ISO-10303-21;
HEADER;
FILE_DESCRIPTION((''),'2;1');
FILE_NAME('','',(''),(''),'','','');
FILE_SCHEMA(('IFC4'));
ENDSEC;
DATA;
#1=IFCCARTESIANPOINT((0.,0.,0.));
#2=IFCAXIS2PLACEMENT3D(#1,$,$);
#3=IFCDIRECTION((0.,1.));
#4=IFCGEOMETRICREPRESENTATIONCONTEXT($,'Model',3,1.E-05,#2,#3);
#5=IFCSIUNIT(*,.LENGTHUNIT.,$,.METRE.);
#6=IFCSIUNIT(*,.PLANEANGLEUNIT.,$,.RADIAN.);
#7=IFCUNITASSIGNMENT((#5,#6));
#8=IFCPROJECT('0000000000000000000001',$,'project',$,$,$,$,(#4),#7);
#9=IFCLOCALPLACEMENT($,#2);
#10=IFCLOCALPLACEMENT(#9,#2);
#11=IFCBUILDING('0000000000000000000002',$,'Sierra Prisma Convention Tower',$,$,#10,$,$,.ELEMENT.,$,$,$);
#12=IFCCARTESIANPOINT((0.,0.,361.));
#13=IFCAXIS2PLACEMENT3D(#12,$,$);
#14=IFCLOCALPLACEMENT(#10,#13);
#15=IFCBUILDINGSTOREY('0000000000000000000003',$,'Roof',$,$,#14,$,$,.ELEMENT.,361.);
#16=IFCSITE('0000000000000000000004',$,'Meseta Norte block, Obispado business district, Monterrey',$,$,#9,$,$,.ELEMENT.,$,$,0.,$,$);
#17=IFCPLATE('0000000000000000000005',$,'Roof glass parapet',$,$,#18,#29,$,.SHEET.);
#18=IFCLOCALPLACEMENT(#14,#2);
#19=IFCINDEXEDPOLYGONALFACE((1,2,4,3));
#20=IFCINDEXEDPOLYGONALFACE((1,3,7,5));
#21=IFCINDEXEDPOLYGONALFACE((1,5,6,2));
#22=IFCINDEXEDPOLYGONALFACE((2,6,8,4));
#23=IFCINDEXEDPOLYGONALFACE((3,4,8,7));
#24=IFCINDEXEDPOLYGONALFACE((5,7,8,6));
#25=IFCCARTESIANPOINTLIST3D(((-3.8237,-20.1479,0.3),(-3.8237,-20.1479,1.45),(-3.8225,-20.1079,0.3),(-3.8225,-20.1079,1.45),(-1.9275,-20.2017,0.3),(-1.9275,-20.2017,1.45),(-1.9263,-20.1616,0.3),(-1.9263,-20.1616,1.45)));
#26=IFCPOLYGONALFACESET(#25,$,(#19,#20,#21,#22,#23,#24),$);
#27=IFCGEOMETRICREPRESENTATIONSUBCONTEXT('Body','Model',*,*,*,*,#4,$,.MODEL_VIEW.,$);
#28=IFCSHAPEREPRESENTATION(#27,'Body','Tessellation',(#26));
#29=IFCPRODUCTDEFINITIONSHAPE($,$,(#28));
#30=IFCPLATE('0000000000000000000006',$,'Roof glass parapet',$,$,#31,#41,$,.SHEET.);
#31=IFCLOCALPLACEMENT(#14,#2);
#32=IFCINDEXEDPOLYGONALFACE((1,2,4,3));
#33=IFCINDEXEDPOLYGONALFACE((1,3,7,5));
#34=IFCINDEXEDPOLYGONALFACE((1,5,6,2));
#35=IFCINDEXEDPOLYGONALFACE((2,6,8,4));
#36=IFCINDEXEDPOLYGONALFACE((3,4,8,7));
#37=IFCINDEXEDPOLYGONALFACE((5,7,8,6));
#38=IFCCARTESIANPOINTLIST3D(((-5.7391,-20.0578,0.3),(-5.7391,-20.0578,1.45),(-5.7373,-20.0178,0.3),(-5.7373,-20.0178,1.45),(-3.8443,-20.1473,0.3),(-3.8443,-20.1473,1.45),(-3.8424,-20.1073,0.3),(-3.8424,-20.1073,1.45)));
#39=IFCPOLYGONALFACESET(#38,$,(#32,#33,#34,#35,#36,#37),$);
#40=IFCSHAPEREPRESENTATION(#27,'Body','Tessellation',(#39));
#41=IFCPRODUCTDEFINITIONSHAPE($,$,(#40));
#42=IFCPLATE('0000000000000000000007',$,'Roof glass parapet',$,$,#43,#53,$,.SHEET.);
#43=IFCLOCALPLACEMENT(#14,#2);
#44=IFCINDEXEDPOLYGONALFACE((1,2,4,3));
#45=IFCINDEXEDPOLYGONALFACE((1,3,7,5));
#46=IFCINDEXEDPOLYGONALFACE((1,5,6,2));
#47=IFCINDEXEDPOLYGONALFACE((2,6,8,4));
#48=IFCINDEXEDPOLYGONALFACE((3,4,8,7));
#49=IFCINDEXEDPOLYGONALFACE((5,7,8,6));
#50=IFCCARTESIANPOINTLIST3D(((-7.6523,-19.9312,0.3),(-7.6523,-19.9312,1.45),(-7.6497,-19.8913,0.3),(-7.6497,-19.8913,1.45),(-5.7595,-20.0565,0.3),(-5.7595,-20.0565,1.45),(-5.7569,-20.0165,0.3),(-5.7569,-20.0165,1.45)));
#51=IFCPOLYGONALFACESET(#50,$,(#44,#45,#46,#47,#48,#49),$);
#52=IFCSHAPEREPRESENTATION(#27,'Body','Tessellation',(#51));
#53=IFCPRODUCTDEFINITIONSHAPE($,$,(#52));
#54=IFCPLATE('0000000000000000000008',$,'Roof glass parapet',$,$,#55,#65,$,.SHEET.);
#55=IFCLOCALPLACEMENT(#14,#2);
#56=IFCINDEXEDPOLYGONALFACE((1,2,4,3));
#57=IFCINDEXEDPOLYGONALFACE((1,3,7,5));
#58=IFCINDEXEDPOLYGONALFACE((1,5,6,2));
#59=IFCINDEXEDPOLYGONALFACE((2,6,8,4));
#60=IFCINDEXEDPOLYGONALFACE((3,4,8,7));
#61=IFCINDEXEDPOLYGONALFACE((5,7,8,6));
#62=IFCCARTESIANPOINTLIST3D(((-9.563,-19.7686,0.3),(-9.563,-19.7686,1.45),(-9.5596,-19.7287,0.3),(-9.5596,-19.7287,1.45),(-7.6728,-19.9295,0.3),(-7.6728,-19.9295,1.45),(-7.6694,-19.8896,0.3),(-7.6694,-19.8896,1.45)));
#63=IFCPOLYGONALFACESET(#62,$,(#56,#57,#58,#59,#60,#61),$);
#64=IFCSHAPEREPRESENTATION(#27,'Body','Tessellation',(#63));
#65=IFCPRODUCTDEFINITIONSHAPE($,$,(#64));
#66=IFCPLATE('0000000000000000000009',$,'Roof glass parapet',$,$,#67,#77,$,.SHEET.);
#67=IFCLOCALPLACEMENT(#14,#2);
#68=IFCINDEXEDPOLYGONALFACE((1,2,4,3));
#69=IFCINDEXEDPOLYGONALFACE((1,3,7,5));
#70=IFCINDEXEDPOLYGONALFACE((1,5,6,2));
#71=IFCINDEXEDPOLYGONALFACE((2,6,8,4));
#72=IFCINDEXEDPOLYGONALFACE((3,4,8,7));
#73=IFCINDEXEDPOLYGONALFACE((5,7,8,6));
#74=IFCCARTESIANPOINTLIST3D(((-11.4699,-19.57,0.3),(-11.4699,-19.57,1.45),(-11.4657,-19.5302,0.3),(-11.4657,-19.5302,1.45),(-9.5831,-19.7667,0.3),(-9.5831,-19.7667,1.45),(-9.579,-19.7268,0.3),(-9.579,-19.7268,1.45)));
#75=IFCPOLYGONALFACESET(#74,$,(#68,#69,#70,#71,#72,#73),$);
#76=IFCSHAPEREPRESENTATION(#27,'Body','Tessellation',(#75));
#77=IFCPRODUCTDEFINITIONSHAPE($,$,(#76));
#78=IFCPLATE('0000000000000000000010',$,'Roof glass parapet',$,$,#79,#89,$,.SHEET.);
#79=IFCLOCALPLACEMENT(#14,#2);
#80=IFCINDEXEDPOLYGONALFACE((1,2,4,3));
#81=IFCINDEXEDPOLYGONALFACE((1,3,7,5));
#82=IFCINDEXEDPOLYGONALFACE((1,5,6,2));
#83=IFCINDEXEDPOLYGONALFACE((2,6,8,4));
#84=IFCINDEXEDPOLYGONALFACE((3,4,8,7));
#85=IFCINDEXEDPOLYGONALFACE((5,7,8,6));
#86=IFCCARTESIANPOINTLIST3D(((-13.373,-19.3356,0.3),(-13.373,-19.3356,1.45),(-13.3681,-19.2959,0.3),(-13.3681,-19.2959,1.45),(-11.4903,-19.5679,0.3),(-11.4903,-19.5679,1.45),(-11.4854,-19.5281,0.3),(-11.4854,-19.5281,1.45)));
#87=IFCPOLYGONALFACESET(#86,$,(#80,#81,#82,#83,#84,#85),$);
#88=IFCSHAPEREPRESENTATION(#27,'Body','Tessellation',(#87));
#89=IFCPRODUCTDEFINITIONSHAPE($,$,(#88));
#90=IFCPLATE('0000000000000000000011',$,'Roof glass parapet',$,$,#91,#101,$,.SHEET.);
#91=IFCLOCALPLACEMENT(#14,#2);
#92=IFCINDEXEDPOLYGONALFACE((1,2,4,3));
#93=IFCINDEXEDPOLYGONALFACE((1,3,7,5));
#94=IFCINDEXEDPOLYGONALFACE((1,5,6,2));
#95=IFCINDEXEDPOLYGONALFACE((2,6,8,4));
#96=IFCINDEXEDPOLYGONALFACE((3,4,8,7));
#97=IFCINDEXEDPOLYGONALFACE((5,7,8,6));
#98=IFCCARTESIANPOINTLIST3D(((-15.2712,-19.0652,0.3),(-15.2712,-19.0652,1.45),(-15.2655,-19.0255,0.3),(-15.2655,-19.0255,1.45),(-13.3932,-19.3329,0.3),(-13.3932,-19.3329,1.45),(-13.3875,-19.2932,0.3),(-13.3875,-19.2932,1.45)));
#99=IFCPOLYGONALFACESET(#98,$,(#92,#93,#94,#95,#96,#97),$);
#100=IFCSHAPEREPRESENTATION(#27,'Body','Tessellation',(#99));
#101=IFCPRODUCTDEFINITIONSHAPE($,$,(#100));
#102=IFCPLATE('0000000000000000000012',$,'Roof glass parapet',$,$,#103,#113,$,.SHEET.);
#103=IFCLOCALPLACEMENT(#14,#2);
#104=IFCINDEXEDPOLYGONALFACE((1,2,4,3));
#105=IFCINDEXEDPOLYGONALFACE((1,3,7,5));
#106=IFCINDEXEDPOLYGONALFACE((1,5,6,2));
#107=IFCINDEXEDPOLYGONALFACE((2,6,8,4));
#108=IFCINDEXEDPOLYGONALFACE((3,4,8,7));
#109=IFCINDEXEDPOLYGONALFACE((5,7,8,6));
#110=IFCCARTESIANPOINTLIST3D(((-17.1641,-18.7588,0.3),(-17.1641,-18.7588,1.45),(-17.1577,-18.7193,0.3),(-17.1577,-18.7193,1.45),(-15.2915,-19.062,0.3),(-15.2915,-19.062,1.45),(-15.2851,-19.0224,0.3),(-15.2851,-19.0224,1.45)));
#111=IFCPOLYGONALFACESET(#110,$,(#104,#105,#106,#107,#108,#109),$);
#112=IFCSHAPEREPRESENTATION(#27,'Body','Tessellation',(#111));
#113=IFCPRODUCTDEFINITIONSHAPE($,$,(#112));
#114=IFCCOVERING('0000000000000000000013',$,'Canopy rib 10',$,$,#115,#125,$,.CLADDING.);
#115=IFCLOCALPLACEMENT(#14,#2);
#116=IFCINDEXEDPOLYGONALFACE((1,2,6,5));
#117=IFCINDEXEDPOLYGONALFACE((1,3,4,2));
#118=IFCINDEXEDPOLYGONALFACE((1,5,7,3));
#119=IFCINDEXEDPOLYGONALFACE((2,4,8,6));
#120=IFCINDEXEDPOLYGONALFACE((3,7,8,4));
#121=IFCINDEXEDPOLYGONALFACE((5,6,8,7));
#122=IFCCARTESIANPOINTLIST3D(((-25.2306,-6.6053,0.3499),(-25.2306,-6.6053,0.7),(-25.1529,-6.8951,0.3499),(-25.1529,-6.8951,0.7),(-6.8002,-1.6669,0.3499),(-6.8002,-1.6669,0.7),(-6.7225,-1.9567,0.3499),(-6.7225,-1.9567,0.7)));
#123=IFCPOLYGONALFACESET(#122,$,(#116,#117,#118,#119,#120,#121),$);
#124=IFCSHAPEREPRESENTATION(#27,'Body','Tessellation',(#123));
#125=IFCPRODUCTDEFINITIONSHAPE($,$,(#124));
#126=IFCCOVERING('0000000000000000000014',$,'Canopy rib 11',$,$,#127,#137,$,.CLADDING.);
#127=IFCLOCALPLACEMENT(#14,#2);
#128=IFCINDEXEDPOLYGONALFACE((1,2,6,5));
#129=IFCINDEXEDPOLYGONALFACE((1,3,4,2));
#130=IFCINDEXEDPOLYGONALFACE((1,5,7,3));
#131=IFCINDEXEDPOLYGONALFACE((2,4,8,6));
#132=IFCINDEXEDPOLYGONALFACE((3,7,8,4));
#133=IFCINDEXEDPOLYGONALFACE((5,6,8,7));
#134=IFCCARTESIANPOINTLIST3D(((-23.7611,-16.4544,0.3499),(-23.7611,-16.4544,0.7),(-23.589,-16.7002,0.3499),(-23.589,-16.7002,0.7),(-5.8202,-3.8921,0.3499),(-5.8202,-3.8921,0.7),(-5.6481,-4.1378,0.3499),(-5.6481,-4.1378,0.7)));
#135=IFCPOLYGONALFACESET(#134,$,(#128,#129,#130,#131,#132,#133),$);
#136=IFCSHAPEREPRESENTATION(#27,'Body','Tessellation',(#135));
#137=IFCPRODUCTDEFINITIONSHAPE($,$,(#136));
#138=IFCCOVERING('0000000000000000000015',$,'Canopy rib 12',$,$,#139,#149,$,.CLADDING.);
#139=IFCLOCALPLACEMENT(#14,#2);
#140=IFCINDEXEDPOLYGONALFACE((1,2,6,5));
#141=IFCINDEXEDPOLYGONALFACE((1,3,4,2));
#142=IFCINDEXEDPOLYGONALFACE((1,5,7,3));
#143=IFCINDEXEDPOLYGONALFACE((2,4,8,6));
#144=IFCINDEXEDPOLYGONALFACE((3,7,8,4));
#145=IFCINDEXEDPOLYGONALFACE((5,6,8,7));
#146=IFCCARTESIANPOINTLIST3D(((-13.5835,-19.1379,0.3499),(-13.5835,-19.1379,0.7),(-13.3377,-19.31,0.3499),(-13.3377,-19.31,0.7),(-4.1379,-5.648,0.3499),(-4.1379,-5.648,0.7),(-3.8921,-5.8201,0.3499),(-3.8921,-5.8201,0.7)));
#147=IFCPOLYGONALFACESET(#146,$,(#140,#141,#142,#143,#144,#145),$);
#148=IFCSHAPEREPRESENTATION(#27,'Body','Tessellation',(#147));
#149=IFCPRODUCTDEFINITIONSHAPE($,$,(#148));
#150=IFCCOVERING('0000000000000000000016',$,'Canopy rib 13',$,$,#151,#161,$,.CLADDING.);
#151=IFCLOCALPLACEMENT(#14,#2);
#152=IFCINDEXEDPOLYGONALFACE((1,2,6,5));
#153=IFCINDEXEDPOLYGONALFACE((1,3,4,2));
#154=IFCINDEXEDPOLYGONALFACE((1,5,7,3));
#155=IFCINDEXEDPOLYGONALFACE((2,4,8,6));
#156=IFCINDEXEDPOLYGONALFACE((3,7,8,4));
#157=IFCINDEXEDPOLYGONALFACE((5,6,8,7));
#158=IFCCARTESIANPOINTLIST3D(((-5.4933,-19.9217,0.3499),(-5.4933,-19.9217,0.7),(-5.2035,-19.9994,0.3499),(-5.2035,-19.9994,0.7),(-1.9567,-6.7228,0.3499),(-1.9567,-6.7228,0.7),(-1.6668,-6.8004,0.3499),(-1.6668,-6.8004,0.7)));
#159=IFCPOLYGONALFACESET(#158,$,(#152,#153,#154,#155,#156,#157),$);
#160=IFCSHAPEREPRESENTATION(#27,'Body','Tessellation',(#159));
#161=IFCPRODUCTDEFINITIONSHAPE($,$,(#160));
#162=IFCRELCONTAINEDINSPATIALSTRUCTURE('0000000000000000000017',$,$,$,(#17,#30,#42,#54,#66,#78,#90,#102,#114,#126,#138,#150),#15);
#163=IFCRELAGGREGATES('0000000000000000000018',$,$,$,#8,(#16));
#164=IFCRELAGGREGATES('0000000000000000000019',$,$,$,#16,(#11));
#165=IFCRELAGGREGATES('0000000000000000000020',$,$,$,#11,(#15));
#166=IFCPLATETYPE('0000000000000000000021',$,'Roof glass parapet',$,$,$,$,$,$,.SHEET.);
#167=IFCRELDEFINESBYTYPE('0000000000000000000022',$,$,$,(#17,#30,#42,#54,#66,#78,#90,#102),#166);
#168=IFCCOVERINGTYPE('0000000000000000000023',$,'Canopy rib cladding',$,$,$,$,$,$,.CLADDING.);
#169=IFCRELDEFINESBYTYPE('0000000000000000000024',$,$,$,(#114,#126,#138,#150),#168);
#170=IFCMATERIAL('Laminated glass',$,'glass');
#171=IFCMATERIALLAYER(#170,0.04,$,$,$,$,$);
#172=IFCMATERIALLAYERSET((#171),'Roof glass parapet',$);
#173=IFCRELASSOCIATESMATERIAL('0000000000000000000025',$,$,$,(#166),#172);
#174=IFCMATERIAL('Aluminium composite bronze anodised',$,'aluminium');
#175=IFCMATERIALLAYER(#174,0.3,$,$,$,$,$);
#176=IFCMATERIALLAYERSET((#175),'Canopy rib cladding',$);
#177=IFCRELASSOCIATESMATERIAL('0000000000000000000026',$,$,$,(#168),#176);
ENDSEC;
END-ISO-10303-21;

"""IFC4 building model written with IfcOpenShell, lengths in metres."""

from ifc_helpers import new_model, si_unit, direction, frame, origin, origin_2d, place, context, subcontext, project, spatial, rectangle, extrude, material, layer, layer_set, type_object, element, save


model = new_model("IFC4")

# Units and contexts
model_context = context("Model", 3, precision=1e-05, world=origin(), true_north=direction((0.0, 1.0)))
body_context = subcontext(model_context, "Body", "Model", "MODEL_VIEW")
ifc_project = project(units=[si_unit("LENGTHUNIT", "METRE"), si_unit("PLANEANGLEUNIT", "RADIAN")], contexts=[model_context])

# Site, building, storey
site_placement = place(None, origin())
site = spatial("IfcSite", under=ifc_project, at=site_placement, Name="Meseta Norte block, Obispado business district, Monterrey", CompositionType="ELEMENT", RefElevation=0.0)
building_placement = place(site_placement, origin())
building = spatial("IfcBuilding", under=site, at=building_placement, Name="Sierra Prisma Convention Tower", CompositionType="ELEMENT")
storey_placement = place(building_placement, frame((0.0, 0.0, 361.0)))
storey = spatial("IfcBuildingStorey", under=building, at=storey_placement, Name="Roof", CompositionType="ELEMENT", Elevation=361.0)

# Plates
ifc_material_1 = material(Name="Laminated glass", Category="glass")
ifc_layer_1 = layer(ifc_material_1, 0.04)
ifc_layer_set_1 = layer_set([ifc_layer_1], Name="Roof glass parapet")
plate_type = type_object("IfcPlateType", Name="Roof glass parapet", PredefinedType="SHEET", material=ifc_layer_set_1)
for number, where, z_axis, x_axis, name in (
    (1, (-2.875, -20.1548, 0.3), (0.0, 0.0, 1.0), (-0.999599, 0.028318, 0.0), "Roof glass parapet"),
    (2, (-4.7908, -20.0825, 0.3), (0.0, 0.0, 1.0), (-0.998886, 0.047185, 0.0), "Roof glass parapet"),
    (3, (-6.7046, -19.9739, 0.3), (0.0, 0.0, 1.0), (-0.997817, 0.066035, 0.0), "Roof glass parapet"),
    (4, (-8.6162, -19.8291, 0.3), (0.0, 0.0, 1.0), (-0.996393, 0.084862, 0.0), "Roof glass parapet"),
    (5, (-10.5244, -19.6484, 0.3), (0.0, 0.0, 1.0), (-0.994613, 0.103661, 0.0), "Roof glass parapet"),
    (6, (-12.4292, -19.4319, 0.3), (0.0, 0.0, 1.0), (-0.992478, 0.12242, 0.0), "Roof glass parapet"),
    (7, (-14.3293, -19.1792, 0.3), (0.0, 0.0, 1.0), (-0.98999, 0.141136, 0.0), "Roof glass parapet"),
    (8, (-16.2246, -18.8906, 0.3), (0.0, 0.0, 1.0), (-0.987149, 0.159802, 0.0), "Roof glass parapet"),
):
    element("IfcPlate", number, at=place(storey_placement, frame(where, z_axis=z_axis, x_axis=x_axis)), inside=storey, type_object=plate_type, Name=name, PredefinedType="SHEET", context=body_context, shape_type="SweptSolid", body=[
        extrude(rectangle(XDim=1.897, YDim=0.04, at=origin_2d()), origin(), (0.0, 0.0, 1.0), 1.1499),
    ])

# Coverings
ifc_material_2 = material(Name="Aluminium composite bronze anodised", Category="aluminium")
ifc_layer_2 = layer(ifc_material_2, 0.3)
ifc_layer_set_2 = layer_set([ifc_layer_2], Name="Canopy rib cladding")
covering_type = type_object("IfcCoveringType", Name="Canopy rib cladding", PredefinedType="CLADDING", material=ifc_layer_set_2)
covering_1_placement = place(storey_placement, frame((-15.9766, -4.281, 0.3499), z_axis=(0.0, 0.0, 1.0), x_axis=(-0.965926, -0.258819, 0.0)))
element("IfcCovering", 9, at=covering_1_placement, inside=storey, type_object=covering_type, Name="Canopy rib 10", PredefinedType="CLADDING", context=body_context, shape_type="SweptSolid", body=[
    extrude(rectangle(XDim=19.0806, YDim=0.3, at=origin_2d()), origin(), (0.0, 0.0, 1.0), 0.3501),
])
covering_2_placement = place(storey_placement, frame((-14.7046, -10.2961, 0.3499), z_axis=(0.0, 0.0, 1.0), x_axis=(-0.819152, -0.573576, 0.0)))
element("IfcCovering", 10, at=covering_2_placement, inside=storey, type_object=covering_type, Name="Canopy rib 11", PredefinedType="CLADDING", context=body_context, shape_type="SweptSolid", body=[
    extrude(rectangle(XDim=21.9019, YDim=0.3, at=origin_2d()), origin(), (0.0, 0.0, 1.0), 0.3501),
])
covering_3_placement = place(storey_placement, frame((-8.7378, -12.479, 0.3499), z_axis=(0.0, 0.0, 1.0), x_axis=(-0.573576, -0.819152, 0.0)))
element("IfcCovering", 11, at=covering_3_placement, inside=storey, type_object=covering_type, Name="Canopy rib 12", PredefinedType="CLADDING", context=body_context, shape_type="SweptSolid", body=[
    extrude(rectangle(XDim=16.468, YDim=0.3, at=origin_2d()), origin(), (0.0, 0.0, 1.0), 0.3501),
])
covering_4_placement = place(storey_placement, frame((-3.5801, -13.3611, 0.3499), z_axis=(0.0, 0.0, 1.0), x_axis=(-0.258819, -0.965926, 0.0)))
element("IfcCovering", 12, at=covering_4_placement, inside=storey, type_object=covering_type, Name="Canopy rib 13", PredefinedType="CLADDING", context=body_context, shape_type="SweptSolid", body=[
    extrude(rectangle(XDim=13.6646, YDim=0.3, at=origin_2d()), origin(), (0.0, 0.0, 1.0), 0.3501),
])

save(model, "model.ifc")
